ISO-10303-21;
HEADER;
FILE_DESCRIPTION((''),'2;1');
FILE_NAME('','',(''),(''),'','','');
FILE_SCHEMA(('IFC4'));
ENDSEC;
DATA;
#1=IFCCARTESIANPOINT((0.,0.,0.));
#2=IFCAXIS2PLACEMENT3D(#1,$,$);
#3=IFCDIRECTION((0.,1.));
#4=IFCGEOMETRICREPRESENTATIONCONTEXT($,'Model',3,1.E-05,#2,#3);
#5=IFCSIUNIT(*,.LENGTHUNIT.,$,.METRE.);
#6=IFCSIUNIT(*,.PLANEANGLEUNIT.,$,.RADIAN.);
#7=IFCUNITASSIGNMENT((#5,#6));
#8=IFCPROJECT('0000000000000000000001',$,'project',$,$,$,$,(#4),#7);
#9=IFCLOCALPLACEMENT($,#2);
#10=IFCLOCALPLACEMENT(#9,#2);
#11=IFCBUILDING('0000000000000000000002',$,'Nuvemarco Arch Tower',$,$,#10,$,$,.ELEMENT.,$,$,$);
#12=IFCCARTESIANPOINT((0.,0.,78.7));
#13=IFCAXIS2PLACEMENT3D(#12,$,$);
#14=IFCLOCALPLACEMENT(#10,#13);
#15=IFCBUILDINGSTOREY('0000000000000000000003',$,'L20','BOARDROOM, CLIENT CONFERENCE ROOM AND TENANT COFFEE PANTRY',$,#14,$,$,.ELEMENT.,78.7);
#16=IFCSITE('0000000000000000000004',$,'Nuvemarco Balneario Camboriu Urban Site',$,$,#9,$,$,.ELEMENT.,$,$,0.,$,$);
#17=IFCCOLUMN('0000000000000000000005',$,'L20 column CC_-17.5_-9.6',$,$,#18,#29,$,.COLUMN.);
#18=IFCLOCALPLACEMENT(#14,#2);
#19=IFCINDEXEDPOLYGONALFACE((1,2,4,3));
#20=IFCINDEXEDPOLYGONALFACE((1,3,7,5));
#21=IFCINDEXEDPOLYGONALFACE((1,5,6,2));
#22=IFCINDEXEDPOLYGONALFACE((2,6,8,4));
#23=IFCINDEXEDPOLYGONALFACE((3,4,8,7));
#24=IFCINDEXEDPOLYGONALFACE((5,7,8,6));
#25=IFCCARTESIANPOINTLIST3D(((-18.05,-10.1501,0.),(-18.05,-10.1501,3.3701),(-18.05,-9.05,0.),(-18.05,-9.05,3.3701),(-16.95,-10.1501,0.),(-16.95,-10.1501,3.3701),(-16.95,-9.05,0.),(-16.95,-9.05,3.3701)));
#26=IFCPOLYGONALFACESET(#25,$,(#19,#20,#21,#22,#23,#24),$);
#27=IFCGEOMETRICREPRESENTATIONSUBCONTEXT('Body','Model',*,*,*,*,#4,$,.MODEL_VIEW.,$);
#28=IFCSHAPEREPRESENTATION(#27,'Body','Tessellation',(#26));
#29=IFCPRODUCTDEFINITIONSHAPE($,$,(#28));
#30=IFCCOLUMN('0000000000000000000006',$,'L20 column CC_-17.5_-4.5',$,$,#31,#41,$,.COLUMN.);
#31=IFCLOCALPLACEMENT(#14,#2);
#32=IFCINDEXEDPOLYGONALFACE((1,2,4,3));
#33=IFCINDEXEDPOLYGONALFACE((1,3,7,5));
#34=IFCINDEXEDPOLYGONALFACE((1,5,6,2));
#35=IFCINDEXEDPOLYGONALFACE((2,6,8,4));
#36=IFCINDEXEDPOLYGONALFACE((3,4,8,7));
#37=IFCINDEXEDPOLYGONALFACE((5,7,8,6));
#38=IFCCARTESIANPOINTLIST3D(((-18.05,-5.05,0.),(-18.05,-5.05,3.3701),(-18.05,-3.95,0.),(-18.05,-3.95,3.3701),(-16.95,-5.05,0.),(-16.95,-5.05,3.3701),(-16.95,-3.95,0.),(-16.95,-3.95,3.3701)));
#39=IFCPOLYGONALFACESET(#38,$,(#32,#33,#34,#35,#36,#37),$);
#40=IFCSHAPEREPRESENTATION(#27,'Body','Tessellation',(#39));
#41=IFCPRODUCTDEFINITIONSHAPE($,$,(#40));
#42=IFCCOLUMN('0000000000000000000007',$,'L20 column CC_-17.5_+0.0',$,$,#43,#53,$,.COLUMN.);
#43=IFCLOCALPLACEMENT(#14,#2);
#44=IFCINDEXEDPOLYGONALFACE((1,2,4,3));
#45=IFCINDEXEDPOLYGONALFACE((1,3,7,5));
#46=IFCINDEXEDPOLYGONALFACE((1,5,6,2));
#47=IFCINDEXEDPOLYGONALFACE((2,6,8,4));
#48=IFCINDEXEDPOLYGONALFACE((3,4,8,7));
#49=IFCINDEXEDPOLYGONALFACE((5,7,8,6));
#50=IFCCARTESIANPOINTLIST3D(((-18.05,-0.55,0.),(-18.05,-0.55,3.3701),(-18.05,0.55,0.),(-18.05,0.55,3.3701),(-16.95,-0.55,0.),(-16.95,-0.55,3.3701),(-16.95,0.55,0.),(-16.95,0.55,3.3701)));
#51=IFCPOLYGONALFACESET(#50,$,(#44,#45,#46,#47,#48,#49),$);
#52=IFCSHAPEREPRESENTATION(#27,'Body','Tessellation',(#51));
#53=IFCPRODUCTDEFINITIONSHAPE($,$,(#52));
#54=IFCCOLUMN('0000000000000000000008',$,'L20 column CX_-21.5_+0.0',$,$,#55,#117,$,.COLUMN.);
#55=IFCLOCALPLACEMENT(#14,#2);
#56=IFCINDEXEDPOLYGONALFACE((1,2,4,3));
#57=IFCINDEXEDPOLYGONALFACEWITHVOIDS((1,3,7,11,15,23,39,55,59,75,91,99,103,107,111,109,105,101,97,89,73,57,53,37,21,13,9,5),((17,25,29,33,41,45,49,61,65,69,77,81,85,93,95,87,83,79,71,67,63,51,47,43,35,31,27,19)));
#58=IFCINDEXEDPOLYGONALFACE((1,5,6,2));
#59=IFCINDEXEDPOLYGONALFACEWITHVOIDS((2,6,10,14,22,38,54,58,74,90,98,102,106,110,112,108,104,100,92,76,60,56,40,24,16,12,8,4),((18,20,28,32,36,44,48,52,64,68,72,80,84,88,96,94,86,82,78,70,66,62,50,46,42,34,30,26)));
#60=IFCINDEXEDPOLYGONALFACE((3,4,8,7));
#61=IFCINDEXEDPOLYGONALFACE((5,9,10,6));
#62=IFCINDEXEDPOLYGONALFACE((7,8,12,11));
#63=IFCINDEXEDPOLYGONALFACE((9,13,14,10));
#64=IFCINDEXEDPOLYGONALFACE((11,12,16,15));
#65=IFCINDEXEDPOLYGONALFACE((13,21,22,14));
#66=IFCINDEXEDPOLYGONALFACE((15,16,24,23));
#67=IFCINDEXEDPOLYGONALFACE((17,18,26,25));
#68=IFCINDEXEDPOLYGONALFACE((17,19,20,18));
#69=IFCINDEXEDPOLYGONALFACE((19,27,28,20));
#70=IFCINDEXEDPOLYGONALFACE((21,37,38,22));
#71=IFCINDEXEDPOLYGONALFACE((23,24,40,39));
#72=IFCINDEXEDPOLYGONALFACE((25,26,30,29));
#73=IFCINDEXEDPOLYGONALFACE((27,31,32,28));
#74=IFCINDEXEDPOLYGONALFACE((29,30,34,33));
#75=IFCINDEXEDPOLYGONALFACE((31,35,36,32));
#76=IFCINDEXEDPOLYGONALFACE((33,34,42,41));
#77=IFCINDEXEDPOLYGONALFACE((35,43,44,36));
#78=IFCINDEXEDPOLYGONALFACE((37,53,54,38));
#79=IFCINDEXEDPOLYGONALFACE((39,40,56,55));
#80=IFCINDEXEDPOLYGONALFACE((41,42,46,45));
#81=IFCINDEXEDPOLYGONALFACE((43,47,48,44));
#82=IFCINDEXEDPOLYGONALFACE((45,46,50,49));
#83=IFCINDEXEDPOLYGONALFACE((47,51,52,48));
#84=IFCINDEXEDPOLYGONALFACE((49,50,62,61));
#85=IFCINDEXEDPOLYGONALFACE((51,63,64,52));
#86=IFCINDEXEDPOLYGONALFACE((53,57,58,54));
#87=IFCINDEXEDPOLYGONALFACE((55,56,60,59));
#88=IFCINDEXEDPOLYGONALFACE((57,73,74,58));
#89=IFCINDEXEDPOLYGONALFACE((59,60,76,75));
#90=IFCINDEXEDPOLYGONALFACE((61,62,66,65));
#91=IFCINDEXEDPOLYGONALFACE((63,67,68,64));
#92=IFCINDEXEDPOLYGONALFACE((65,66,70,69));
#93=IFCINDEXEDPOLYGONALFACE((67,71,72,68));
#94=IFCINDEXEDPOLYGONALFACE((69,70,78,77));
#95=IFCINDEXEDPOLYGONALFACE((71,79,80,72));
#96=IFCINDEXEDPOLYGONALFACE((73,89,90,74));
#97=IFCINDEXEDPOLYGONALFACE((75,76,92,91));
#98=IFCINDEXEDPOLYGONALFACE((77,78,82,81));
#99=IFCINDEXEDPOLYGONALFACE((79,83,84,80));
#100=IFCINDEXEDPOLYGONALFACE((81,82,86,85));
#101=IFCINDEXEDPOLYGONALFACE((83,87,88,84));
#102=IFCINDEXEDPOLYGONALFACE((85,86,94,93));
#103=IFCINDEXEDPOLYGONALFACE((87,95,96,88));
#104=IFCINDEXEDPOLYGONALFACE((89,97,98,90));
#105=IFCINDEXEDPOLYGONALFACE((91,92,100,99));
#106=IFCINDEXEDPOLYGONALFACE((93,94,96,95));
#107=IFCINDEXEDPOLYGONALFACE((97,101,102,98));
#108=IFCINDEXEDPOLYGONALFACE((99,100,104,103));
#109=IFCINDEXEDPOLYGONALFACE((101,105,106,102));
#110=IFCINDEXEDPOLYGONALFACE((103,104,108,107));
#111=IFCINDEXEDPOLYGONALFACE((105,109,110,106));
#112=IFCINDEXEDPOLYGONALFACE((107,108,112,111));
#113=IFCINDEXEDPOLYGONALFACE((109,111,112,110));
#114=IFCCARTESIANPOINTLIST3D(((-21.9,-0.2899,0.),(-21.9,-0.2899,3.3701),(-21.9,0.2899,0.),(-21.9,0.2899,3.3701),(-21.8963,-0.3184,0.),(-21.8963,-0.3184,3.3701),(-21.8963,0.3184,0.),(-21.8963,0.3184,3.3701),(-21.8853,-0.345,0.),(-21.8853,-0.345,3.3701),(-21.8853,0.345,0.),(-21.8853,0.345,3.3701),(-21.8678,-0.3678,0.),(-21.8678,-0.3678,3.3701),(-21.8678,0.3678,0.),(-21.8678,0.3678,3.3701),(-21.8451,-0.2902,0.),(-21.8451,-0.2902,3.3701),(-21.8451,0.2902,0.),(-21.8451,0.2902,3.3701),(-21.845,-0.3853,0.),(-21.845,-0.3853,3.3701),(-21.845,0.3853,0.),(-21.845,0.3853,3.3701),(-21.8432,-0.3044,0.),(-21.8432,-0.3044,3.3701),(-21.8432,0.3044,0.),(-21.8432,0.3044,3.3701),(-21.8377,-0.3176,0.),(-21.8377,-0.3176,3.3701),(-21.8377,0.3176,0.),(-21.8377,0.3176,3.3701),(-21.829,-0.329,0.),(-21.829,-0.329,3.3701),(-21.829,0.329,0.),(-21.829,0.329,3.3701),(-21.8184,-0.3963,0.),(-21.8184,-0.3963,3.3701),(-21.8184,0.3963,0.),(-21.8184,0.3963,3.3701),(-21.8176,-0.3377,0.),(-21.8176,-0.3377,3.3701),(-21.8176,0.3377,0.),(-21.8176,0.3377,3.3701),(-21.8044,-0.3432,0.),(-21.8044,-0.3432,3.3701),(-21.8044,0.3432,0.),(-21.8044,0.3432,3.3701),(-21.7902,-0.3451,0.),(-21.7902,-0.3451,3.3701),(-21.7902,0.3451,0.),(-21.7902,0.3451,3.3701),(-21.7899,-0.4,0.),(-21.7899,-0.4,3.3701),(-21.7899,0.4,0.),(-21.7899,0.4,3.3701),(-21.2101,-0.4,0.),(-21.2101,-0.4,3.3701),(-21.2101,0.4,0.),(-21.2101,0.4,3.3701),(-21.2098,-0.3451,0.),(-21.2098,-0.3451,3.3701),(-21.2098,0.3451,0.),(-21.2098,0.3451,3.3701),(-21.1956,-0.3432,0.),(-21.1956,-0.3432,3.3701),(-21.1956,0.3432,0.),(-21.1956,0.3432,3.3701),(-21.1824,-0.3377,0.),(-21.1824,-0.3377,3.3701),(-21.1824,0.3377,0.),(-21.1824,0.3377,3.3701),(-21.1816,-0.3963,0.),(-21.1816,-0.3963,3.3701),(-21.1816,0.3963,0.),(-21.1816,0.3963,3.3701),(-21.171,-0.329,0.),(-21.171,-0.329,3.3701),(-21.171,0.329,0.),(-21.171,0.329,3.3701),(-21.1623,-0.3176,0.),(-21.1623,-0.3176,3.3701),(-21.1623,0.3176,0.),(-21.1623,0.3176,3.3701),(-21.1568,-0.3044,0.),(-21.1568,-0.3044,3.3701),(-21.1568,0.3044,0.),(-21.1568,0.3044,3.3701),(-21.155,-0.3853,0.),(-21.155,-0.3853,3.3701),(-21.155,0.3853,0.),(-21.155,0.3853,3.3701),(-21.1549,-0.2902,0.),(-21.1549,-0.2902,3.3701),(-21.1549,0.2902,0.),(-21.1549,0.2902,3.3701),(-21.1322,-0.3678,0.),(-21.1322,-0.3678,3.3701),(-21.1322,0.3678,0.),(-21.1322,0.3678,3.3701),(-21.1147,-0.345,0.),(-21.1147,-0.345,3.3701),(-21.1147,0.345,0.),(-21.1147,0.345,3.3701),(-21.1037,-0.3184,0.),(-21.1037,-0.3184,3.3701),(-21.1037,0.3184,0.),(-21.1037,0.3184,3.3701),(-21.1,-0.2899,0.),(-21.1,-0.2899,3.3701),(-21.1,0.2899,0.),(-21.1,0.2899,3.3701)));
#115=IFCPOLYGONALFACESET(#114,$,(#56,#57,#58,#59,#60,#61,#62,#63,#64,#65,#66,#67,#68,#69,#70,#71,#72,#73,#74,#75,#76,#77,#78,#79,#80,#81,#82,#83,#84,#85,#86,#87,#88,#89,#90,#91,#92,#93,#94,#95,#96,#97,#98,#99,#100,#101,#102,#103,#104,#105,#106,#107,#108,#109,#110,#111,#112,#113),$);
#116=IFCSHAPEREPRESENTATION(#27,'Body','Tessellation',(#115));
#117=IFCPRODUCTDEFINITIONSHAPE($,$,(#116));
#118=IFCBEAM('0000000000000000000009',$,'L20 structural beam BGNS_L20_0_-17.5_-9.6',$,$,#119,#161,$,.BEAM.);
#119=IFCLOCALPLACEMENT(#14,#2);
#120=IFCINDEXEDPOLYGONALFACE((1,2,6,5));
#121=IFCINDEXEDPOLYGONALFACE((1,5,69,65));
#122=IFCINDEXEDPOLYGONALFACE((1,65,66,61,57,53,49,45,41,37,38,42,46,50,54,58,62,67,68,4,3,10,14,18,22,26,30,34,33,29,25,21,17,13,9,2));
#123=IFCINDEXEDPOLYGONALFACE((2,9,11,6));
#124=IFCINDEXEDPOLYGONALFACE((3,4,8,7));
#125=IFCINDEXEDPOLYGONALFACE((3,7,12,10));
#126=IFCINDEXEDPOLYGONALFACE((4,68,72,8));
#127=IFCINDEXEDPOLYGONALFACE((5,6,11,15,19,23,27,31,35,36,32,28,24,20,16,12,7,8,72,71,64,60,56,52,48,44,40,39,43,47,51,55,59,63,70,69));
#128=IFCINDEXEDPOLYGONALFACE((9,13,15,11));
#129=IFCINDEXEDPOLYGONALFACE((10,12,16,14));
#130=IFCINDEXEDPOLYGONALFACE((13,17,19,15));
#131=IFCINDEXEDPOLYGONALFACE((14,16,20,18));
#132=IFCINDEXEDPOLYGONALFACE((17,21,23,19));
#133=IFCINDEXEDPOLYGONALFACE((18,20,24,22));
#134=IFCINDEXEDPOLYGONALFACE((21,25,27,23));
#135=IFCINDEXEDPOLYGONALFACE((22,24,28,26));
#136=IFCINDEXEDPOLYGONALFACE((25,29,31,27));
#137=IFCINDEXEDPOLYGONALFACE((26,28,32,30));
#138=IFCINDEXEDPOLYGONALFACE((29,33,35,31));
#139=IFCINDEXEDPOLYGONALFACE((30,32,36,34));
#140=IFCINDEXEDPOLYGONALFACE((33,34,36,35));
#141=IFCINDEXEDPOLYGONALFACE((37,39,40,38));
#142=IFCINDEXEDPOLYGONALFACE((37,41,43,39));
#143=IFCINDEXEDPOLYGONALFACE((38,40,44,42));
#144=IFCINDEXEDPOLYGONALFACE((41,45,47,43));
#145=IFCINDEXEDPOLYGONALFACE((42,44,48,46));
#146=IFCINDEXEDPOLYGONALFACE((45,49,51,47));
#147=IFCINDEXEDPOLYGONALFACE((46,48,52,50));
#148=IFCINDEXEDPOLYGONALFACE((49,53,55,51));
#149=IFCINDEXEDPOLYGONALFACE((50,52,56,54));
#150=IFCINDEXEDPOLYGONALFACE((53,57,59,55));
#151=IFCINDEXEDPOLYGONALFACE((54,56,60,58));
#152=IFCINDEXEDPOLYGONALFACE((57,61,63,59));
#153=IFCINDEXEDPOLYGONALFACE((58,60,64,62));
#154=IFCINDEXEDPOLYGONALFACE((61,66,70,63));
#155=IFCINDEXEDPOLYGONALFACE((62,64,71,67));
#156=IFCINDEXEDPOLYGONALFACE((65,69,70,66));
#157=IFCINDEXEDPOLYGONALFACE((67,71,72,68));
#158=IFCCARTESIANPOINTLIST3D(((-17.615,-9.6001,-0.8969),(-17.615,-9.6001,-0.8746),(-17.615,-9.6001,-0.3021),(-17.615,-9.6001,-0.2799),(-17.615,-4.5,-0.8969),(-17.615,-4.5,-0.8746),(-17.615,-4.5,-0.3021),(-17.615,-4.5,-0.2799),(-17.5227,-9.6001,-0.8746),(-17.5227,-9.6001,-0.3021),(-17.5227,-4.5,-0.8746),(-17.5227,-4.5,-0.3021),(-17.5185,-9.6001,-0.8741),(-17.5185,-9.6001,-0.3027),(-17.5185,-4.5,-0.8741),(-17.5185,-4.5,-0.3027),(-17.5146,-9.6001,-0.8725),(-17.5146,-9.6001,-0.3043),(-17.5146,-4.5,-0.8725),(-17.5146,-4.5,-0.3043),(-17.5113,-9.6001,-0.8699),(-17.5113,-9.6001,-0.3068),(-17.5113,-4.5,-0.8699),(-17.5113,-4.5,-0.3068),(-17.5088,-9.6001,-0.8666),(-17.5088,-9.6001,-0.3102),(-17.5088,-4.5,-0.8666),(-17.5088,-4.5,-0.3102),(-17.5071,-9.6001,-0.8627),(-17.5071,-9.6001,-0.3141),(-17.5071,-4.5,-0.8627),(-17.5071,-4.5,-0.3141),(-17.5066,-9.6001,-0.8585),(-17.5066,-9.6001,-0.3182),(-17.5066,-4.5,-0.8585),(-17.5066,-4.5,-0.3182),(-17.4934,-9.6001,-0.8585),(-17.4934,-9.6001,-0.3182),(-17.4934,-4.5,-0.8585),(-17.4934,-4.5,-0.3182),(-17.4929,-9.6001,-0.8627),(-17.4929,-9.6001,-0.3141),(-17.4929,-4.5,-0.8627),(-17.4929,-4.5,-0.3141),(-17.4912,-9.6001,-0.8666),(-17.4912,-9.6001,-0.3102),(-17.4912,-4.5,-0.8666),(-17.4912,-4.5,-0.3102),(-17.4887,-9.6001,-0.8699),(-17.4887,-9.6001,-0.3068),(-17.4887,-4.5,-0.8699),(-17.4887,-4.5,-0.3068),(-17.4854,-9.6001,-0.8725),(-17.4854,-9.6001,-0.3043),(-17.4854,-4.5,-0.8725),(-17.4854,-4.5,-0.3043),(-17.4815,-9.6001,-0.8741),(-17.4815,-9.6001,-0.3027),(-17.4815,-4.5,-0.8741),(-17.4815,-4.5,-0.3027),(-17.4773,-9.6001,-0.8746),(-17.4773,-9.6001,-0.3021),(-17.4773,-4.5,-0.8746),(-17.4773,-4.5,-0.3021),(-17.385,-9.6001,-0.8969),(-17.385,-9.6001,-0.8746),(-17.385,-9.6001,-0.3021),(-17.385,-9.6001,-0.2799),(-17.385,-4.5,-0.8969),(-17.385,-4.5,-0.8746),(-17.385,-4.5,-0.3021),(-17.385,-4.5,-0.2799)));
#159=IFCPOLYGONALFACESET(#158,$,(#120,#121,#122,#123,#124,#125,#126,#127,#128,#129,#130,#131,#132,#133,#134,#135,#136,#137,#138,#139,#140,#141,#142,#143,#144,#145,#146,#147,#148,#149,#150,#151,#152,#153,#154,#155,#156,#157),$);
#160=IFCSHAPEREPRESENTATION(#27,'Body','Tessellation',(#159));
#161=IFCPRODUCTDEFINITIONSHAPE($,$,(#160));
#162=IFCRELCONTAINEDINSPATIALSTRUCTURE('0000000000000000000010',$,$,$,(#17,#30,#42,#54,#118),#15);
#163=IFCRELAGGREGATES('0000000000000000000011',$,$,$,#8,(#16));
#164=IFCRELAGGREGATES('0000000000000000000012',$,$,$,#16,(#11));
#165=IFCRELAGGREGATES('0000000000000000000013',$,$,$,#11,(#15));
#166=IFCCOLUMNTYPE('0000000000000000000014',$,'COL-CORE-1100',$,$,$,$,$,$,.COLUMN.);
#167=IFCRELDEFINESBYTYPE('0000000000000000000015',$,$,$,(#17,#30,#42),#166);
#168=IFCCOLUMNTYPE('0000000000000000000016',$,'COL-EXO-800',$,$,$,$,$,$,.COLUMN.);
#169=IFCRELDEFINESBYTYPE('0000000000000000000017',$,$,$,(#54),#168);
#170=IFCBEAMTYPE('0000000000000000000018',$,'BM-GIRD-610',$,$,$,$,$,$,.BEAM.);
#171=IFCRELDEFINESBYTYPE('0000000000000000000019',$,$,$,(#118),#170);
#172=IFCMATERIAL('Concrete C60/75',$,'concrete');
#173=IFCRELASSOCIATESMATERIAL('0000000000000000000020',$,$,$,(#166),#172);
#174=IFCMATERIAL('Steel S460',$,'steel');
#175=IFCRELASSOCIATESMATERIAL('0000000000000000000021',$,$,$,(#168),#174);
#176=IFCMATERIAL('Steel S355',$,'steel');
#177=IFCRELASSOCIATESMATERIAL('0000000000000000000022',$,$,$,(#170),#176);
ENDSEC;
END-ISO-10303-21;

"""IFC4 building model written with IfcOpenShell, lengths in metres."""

from ifc_helpers import new_model, si_unit, direction, frame, origin, origin_2d, place, context, subcontext, project, spatial, rectangle, hollow_rectangle, i_section, extrude, material, material_profile, profile_set, type_object, element, save


model = new_model("IFC4")

# Units and contexts
model_context = context("Model", 3, precision=1e-05, world=origin(), true_north=direction((0.0, 1.0)))
body_context = subcontext(model_context, "Body", "Model", "MODEL_VIEW")
ifc_project = project(units=[si_unit("LENGTHUNIT", "METRE"), si_unit("PLANEANGLEUNIT", "RADIAN")], contexts=[model_context])

# Site, building, storey
site_placement = place(None, origin())
site = spatial("IfcSite", under=ifc_project, at=site_placement, Name="Nuvemarco Balneario Camboriu Urban Site", CompositionType="ELEMENT", RefElevation=0.0)
building_placement = place(site_placement, origin())
building = spatial("IfcBuilding", under=site, at=building_placement, Name="Nuvemarco Arch Tower", CompositionType="ELEMENT")
storey_placement = place(building_placement, frame((0.0, 0.0, 78.7)))
storey = spatial("IfcBuildingStorey", under=building, at=storey_placement, Name="L20", Description="BOARDROOM, CLIENT CONFERENCE ROOM AND TENANT COFFEE PANTRY", CompositionType="ELEMENT", Elevation=78.7)

# Columns
ifc_material_1 = material(Name="Concrete C60/75", Category="concrete")
ifc_material_profile_1 = material_profile(ifc_material_1, rectangle(XDim=1.1001, YDim=1.1001, at=origin_2d()), Name="RC-COL-1100x1100")
ifc_profile_set_1 = profile_set([ifc_material_profile_1], Name="Concrete C60/75")
column_type_1 = type_object("IfcColumnType", Name="COL-CORE-1100", PredefinedType="COLUMN", material=ifc_profile_set_1)
for number, where, z_axis, x_axis, name in (
    (1, (-17.5, -9.6001, 0.0), (0.0, 0.0, 1.0), (1.0, 0.0, 0.0), "L20 column CC_-17.5_-9.6"),
    (2, (-17.5, -4.5, 0.0), (0.0, 0.0, 1.0), (1.0, 0.0, 0.0), "L20 column CC_-17.5_-4.5"),
    (3, (-17.5, 0.0, 0.0), (0.0, 0.0, 1.0), (1.0, 0.0, 0.0), "L20 column CC_-17.5_+0.0"),
):
    element("IfcColumn", number, at=place(storey_placement, frame(where, z_axis=z_axis, x_axis=x_axis)), inside=storey, type_object=column_type_1, Name=name, PredefinedType="COLUMN", context=body_context, shape_type="SweptSolid", body=[
        extrude(rectangle(XDim=1.1001, YDim=1.1001, at=origin_2d()), origin(), (0.0, 0.0, 1.0), 3.3701),
    ])
ifc_material_2 = material(Name="Steel S460", Category="steel")
ifc_material_profile_2 = material_profile(ifc_material_2, hollow_rectangle(XDim=0.8, YDim=0.8, WallThickness=0.0549, InnerFilletRadius=0.0549, OuterFilletRadius=0.1101, at=origin_2d()), Name="SHS800x800x55")
ifc_profile_set_2 = profile_set([ifc_material_profile_2], Name="Steel S460")
column_type_2 = type_object("IfcColumnType", Name="COL-EXO-800", PredefinedType="COLUMN", material=ifc_profile_set_2)
column_placement = place(storey_placement, frame((-21.5, 0.0, 0.0), z_axis=(0.0, 0.0, 1.0), x_axis=(1.0, 0.0, 0.0)))
element("IfcColumn", 4, at=column_placement, inside=storey, type_object=column_type_2, Name="L20 column CX_-21.5_+0.0", PredefinedType="COLUMN", context=body_context, shape_type="SweptSolid", body=[
    extrude(hollow_rectangle(XDim=0.8, YDim=0.8, WallThickness=0.0549, InnerFilletRadius=0.0549, OuterFilletRadius=0.1101, at=origin_2d()), origin(), (0.0, 0.0, 1.0), 3.3701),
])

# Beam
ifc_material_3 = material(Name="Steel S355", Category="steel")
ifc_material_profile_3 = material_profile(ifc_material_3, i_section(OverallWidth=0.23, OverallDepth=0.6169, WebThickness=0.0132, FlangeThickness=0.0222, FilletRadius=0.0161, at=origin_2d()), Name="W610x140")
ifc_profile_set_3 = profile_set([ifc_material_profile_3], Name="Steel S355")
beam_type_1 = type_object("IfcBeamType", Name="BM-GIRD-610", PredefinedType="BEAM", material=ifc_profile_set_3)
beam_1_placement = place(storey_placement, frame((-17.5, -9.6001, -0.5884), z_axis=(0.0, 1.0, 0.0), x_axis=(-1.0, 0.0, 0.0)))
element("IfcBeam", 5, at=beam_1_placement, inside=storey, type_object=beam_type_1, Name="L20 structural beam BGNS_L20_0_-17.5_-9.6", PredefinedType="BEAM", context=body_context, shape_type="SweptSolid", body=[
    extrude(i_section(OverallWidth=0.23, OverallDepth=0.6169, WebThickness=0.0132, FlangeThickness=0.0222, FilletRadius=0.0161, at=origin_2d()), origin(), (0.0, 0.0, 1.0), 5.1001),
])

save(model, "model.ifc")
